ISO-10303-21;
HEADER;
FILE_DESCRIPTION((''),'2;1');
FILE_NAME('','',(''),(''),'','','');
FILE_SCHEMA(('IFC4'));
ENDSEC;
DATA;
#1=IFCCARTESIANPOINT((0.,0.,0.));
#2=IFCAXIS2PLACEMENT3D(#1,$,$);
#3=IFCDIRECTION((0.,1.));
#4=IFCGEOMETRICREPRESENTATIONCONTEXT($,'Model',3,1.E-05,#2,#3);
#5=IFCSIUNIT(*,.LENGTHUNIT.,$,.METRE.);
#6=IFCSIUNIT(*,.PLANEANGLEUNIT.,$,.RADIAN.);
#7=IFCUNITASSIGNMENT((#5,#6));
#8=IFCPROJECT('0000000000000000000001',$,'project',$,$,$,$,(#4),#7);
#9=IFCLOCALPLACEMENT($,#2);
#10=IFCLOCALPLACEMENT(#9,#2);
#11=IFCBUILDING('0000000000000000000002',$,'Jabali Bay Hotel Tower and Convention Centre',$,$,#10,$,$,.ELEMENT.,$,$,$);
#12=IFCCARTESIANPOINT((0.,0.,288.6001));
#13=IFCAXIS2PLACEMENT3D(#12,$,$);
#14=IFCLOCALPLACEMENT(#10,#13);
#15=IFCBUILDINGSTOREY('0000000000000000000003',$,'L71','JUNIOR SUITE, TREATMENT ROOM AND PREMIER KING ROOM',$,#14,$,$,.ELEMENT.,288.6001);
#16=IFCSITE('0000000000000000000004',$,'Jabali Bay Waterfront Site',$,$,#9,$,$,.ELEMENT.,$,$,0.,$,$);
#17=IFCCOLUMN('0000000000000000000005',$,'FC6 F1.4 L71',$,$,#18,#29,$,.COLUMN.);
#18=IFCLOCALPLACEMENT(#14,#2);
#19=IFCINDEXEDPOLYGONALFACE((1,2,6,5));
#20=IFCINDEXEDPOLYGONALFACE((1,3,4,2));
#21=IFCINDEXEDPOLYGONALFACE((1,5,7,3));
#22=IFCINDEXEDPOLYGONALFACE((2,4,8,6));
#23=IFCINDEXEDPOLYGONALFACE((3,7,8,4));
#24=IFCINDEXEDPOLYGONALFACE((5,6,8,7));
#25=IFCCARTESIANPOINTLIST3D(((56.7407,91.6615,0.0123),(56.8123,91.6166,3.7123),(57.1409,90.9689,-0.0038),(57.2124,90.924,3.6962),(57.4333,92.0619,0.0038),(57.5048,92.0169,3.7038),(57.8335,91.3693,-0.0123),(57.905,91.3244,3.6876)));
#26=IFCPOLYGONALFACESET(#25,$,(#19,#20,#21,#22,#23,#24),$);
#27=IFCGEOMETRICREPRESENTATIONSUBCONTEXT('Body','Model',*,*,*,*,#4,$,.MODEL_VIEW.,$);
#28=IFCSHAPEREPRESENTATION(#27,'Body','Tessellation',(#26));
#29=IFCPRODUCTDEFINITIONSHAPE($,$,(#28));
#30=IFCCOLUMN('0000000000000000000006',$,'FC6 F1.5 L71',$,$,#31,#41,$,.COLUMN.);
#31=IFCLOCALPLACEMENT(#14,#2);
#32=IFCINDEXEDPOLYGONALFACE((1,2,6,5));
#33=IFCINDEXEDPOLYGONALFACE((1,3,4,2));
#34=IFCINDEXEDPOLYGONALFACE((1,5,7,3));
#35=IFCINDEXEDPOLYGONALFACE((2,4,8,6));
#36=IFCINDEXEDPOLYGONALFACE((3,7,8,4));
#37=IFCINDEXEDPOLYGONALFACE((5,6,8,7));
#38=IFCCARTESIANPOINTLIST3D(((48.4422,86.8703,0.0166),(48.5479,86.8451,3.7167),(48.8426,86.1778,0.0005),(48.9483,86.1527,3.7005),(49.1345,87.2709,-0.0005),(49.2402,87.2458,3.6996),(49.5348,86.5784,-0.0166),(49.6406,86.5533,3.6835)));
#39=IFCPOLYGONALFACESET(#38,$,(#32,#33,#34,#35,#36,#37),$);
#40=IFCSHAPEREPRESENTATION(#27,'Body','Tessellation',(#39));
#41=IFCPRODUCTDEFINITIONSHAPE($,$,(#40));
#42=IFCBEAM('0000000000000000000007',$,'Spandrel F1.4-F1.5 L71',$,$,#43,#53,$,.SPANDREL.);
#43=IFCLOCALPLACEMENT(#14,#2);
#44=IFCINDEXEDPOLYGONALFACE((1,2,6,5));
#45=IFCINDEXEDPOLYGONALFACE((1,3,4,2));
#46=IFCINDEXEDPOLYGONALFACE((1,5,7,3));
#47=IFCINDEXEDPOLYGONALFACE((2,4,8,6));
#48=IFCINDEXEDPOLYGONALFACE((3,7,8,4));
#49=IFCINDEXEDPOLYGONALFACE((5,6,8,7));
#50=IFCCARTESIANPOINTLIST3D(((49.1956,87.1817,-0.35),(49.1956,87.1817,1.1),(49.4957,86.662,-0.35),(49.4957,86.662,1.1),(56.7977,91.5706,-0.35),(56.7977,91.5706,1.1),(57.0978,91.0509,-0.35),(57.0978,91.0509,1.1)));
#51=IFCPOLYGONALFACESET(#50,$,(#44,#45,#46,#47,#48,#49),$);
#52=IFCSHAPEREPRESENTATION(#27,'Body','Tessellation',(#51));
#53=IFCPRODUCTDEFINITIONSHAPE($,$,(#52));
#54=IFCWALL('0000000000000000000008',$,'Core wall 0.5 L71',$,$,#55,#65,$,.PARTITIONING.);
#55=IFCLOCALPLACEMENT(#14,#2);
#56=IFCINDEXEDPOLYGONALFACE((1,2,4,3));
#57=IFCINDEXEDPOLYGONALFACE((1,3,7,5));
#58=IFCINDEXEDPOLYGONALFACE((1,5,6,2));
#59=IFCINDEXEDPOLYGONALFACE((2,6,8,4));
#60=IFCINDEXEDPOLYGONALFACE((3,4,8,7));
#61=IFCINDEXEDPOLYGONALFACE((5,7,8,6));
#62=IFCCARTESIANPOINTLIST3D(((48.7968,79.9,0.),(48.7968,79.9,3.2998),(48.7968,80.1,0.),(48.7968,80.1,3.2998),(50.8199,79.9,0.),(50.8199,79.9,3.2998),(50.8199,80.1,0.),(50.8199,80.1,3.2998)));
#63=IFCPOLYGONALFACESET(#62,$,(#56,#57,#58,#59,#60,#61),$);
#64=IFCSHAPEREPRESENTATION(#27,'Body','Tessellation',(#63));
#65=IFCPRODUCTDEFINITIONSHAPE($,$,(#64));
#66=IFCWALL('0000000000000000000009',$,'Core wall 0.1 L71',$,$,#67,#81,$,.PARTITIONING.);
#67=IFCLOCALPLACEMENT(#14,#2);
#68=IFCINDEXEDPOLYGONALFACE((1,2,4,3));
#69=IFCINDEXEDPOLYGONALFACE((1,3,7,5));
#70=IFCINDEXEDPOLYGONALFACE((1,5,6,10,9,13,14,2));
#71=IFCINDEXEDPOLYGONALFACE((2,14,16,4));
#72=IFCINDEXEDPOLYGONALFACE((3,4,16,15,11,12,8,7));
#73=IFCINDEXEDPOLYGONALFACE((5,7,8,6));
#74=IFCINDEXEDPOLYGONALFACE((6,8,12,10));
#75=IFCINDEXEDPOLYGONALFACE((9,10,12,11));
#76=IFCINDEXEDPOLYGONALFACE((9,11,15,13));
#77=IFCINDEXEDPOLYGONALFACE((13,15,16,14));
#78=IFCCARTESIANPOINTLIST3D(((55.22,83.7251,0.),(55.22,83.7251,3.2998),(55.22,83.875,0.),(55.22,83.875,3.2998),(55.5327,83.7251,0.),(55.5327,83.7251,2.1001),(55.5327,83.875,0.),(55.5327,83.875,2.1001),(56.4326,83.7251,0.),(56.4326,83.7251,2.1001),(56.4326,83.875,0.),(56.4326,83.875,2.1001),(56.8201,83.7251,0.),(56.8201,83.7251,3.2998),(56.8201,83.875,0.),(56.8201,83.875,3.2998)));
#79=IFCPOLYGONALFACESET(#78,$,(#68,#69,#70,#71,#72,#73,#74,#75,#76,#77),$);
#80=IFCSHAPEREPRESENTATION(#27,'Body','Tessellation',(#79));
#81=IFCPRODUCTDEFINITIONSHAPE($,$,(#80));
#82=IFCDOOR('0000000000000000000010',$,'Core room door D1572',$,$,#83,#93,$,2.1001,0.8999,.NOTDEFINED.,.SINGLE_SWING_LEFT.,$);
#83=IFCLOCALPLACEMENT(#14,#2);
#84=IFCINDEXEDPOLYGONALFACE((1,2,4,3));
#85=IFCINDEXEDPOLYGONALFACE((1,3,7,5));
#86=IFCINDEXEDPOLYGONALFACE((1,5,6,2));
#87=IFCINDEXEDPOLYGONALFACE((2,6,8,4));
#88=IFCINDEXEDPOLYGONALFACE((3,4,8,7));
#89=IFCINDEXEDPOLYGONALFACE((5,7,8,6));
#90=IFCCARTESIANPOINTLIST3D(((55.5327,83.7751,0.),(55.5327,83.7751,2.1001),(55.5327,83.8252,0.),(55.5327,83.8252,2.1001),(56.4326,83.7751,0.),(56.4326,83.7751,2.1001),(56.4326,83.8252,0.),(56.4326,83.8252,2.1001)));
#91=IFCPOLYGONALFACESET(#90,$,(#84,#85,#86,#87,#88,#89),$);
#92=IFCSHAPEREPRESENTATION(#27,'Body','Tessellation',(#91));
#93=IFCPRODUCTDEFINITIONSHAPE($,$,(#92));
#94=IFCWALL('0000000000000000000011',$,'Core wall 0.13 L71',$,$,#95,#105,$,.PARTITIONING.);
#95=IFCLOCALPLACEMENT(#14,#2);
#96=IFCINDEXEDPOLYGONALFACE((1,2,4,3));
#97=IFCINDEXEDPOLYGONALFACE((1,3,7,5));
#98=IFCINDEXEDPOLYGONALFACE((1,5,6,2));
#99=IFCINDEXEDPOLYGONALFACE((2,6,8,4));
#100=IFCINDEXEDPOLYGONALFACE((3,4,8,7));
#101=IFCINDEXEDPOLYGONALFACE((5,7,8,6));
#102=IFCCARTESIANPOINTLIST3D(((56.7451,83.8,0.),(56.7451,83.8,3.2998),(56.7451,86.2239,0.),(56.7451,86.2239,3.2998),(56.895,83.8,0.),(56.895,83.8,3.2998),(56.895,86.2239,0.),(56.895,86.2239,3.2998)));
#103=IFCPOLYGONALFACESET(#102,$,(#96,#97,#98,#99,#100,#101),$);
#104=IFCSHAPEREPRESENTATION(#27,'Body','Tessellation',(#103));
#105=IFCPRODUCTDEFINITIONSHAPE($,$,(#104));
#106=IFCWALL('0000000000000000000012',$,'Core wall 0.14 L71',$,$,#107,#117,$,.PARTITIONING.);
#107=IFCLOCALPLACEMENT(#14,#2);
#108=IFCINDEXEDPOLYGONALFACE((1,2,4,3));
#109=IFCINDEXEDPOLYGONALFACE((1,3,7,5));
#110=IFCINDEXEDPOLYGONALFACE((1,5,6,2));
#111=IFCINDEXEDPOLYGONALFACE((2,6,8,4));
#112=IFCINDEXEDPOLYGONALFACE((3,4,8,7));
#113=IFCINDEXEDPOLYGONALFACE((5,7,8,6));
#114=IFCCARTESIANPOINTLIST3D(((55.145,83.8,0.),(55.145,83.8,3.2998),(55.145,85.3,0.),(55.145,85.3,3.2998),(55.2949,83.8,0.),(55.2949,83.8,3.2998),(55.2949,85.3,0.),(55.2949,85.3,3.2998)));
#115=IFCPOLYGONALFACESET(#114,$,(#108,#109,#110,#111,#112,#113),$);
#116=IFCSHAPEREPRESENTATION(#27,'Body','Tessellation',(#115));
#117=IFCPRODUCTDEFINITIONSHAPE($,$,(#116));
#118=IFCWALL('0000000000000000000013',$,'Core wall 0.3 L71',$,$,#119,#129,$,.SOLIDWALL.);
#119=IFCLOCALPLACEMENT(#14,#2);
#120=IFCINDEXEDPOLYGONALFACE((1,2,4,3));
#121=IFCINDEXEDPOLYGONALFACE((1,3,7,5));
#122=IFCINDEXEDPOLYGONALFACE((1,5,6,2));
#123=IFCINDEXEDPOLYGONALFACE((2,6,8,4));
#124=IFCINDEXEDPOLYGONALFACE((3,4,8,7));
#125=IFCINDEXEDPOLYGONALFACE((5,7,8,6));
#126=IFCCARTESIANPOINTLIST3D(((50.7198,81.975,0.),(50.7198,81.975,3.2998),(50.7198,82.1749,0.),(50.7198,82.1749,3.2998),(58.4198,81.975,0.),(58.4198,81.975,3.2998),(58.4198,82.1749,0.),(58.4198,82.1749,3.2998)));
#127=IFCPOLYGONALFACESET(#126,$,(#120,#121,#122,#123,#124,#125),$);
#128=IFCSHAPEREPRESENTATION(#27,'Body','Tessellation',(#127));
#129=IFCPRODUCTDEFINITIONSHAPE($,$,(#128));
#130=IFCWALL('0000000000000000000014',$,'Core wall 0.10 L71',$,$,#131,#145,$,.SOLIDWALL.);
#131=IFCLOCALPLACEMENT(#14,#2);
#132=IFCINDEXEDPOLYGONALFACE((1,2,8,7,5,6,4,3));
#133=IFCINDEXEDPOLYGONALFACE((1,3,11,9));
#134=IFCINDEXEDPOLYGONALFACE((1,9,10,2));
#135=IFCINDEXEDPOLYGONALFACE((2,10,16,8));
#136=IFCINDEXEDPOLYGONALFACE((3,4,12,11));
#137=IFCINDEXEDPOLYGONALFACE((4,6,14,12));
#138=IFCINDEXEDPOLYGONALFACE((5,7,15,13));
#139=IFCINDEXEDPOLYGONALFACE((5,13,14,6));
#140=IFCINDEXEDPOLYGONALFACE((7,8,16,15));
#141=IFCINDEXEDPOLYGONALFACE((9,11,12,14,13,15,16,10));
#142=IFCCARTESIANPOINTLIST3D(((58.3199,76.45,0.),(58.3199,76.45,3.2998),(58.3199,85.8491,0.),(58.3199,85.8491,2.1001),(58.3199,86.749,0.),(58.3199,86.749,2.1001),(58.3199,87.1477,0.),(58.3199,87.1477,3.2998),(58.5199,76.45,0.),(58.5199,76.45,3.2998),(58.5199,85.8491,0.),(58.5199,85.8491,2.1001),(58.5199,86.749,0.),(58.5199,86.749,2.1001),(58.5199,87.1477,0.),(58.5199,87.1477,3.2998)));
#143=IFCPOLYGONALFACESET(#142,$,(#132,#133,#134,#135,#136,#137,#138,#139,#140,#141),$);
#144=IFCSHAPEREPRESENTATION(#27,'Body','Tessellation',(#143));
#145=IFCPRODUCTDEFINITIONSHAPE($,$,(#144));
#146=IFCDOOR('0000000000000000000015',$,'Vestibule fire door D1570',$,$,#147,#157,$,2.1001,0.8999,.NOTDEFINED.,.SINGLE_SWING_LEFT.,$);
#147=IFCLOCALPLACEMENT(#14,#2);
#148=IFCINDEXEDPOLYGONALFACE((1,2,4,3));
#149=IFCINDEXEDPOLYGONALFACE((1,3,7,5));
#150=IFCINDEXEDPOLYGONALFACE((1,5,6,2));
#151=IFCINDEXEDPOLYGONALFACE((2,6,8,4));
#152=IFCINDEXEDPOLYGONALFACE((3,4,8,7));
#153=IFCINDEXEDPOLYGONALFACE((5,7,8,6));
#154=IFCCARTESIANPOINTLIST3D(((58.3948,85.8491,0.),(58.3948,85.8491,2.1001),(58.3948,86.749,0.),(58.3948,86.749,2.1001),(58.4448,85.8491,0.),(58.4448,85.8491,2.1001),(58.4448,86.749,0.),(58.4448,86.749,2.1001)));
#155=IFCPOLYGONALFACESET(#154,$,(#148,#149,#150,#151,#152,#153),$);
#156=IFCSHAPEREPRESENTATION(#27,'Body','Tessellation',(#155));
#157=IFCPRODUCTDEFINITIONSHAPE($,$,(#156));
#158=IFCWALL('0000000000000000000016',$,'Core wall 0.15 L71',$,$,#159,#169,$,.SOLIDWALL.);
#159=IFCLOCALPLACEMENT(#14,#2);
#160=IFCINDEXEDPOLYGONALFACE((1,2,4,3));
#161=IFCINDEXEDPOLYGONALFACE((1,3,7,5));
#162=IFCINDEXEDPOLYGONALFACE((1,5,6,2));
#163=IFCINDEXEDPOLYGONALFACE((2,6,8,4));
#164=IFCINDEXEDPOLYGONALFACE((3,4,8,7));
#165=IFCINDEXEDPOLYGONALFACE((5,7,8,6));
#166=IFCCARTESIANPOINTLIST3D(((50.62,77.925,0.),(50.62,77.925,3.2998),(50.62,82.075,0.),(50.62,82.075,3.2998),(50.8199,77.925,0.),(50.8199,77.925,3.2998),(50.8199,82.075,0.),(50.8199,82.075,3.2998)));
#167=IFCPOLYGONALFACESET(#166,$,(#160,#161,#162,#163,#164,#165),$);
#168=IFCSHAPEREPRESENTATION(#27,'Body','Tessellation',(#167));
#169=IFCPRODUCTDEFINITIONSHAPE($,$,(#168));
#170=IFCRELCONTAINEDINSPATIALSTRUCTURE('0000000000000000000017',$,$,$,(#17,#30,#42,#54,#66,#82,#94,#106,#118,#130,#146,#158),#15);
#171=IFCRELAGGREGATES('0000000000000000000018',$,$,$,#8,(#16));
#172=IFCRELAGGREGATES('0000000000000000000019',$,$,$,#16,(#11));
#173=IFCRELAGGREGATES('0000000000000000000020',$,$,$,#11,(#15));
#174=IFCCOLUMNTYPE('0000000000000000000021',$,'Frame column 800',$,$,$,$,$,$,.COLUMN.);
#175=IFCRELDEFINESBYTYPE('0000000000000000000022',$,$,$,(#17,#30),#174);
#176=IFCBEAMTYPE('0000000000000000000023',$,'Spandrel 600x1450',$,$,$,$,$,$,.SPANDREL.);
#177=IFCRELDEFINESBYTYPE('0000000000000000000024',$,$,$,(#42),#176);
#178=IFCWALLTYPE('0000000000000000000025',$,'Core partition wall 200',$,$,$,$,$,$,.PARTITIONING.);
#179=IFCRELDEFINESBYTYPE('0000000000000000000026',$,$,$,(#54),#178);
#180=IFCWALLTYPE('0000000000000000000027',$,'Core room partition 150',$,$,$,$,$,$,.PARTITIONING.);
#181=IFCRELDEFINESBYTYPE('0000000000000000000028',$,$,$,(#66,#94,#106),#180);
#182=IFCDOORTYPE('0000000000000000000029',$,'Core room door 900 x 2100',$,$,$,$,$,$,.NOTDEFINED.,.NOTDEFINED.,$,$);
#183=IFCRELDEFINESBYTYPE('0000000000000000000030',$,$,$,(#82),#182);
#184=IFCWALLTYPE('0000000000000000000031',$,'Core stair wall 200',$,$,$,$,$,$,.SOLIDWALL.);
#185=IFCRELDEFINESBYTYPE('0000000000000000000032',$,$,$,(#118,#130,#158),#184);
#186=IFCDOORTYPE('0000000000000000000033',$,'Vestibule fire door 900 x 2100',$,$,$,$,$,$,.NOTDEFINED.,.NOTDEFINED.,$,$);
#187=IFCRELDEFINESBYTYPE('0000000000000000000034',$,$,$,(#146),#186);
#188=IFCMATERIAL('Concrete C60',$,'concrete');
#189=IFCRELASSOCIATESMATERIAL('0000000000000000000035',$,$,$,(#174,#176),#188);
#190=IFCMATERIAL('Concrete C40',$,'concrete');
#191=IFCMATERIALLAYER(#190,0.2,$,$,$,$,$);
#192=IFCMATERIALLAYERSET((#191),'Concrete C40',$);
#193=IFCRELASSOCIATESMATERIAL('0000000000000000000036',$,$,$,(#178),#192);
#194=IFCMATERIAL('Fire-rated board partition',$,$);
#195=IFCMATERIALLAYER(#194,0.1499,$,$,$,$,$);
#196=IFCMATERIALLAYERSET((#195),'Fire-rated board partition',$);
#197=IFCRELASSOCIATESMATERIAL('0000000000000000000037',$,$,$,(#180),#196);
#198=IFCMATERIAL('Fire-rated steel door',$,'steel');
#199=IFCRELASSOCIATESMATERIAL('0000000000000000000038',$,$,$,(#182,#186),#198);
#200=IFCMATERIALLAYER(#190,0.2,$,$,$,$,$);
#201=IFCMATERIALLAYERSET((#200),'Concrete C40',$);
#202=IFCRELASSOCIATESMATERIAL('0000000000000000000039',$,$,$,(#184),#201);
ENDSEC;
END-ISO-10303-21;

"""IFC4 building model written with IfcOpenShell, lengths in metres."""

from ifc_helpers import new_model, si_unit, direction, frame, frame_2d, origin, origin_2d, place, context, subcontext, project, spatial, rectangle, extrude, material, layer, layer_set, material_profile, profile_set, type_object, element, fill, save


model = new_model("IFC4")

# Units and contexts
model_context = context("Model", 3, precision=1e-05, world=origin(), true_north=direction((0.0, 1.0)))
body_context = subcontext(model_context, "Body", "Model", "MODEL_VIEW")
ifc_project = project(units=[si_unit("LENGTHUNIT", "METRE"), si_unit("PLANEANGLEUNIT", "RADIAN")], contexts=[model_context])

# Site, building, storey
site_placement = place(None, origin())
site = spatial("IfcSite", under=ifc_project, at=site_placement, Name="Jabali Bay Waterfront Site", CompositionType="ELEMENT", RefElevation=0.0)
building_placement = place(site_placement, origin())
building = spatial("IfcBuilding", under=site, at=building_placement, Name="Jabali Bay Hotel Tower and Convention Centre", CompositionType="ELEMENT")
storey_placement = place(building_placement, frame((0.0, 0.0, 288.6001)))
storey = spatial("IfcBuildingStorey", under=building, at=storey_placement, Name="L71", Description="JUNIOR SUITE, TREATMENT ROOM AND PREMIER KING ROOM", CompositionType="ELEMENT", Elevation=288.6001)

# Columns
ifc_material_1 = material(Name="Concrete C60", Category="concrete")
ifc_material_profile_1 = material_profile(ifc_material_1, rectangle(XDim=0.8, YDim=0.8, at=origin_2d()), Name="Frame column 800")
ifc_profile_set_1 = profile_set([ifc_material_profile_1], Name="Concrete C60")
column_type = type_object("IfcColumnType", Name="Frame column 800", PredefinedType="COLUMN", material=ifc_profile_set_1)
column_1_placement = place(storey_placement, frame((57.2871, 91.5154, 0.0), z_axis=(0.019329, -0.012138, 0.99974), x_axis=(-0.500206, 0.865671, 0.020181)))
element("IfcColumn", 1, at=column_1_placement, inside=storey, type_object=column_type, Name="FC6 F1.4 L71", PredefinedType="COLUMN", context=body_context, shape_type="SweptSolid", body=[
    extrude(rectangle(XDim=0.8, YDim=0.8, at=origin_2d()), origin(), (0.0, 0.0, 1.0), 3.7009),
])
column_2_placement = place(storey_placement, frame((48.9885, 86.7244, 0.0), z_axis=(0.028559, -0.006794, 0.999569), x_axis=(-0.500408, 0.865555, 0.02018)))
element("IfcColumn", 2, at=column_2_placement, inside=storey, type_object=column_type, Name="FC6 F1.5 L71", PredefinedType="COLUMN", context=body_context, shape_type="SweptSolid", body=[
    extrude(rectangle(XDim=0.8, YDim=0.8, at=origin_2d()), origin(), (0.0, 0.0, 1.0), 3.7017),
])

# Beam
ifc_material_profile_2 = material_profile(ifc_material_1, rectangle(XDim=0.6001, YDim=1.45, at=origin_2d()), Name="Spandrel 600x1450")
ifc_profile_set_2 = profile_set([ifc_material_profile_2], Name="Concrete C60")
beam_type = type_object("IfcBeamType", Name="Spandrel 600x1450", PredefinedType="SPANDREL", material=ifc_profile_set_2)
beam_placement = place(storey_placement, frame((56.9478, 91.3108, 0.375), z_axis=(-0.866032, -0.499989, 0.0), x_axis=(0.499989, -0.866032, 0.0)))
element("IfcBeam", 3, at=beam_placement, inside=storey, type_object=beam_type, Name="Spandrel F1.4-F1.5 L71", PredefinedType="SPANDREL", context=body_context, shape_type="SweptSolid", body=[
    extrude(rectangle(XDim=0.6001, YDim=1.45, at=origin_2d()), origin(), (0.0, 0.0, 1.0), 8.7781),
])

# Wall
ifc_material_2 = material(Name="Concrete C40", Category="concrete")
ifc_layer_1 = layer(ifc_material_2, 0.2)
ifc_layer_set_1 = layer_set([ifc_layer_1], Name="Concrete C40")
wall_type_1 = type_object("IfcWallType", Name="Core partition wall 200", PredefinedType="PARTITIONING", material=ifc_layer_set_1)
wall_1_placement = place(storey_placement, frame((50.8201, 80.0, 0.0), z_axis=(0.0, 0.0, 1.0), x_axis=(-1.0, 0.0, 0.0)))
element("IfcWall", 4, at=wall_1_placement, inside=storey, type_object=wall_type_1, Name="Core wall 0.5 L71", PredefinedType="PARTITIONING", context=body_context, shape_type="SweptSolid", body=[
    extrude(rectangle(XDim=2.0232, YDim=0.2, at=frame_2d((1.0117, 0.0))), origin(), (0.0, 0.0, 1.0), 3.2998),
])

# Wall, opening, door
ifc_material_3 = material(Name="Fire-rated board partition")
ifc_layer_2 = layer(ifc_material_3, 0.1499)
ifc_layer_set_2 = layer_set([ifc_layer_2], Name="Fire-rated board partition")
wall_type_2 = type_object("IfcWallType", Name="Core room partition 150", PredefinedType="PARTITIONING", material=ifc_layer_set_2)
wall_2_placement = place(storey_placement, frame((56.8201, 83.8, 0.0), z_axis=(0.0, 0.0, 1.0), x_axis=(-1.0, 0.0, 0.0)))
wall_2 = element("IfcWall", 5, at=wall_2_placement, inside=storey, type_object=wall_type_2, Name="Core wall 0.1 L71", PredefinedType="PARTITIONING", context=body_context, shape_type="SweptSolid", body=[
    extrude(rectangle(XDim=1.6001, YDim=0.1499, at=frame_2d((0.8, 0.0))), origin(), (0.0, 0.0, 1.0), 3.2998),
])
opening_1_placement = place(wall_2_placement, frame((0.3875, 0.0, 0.0)))
opening_1 = element("IfcOpeningElement", 6, at=opening_1_placement, cuts=wall_2, PredefinedType="OPENING", context=body_context, shape_type="SweptSolid", body=[
    extrude(rectangle(XDim=0.8999, YDim=2.1001, at=frame_2d((0.45, 1.05))), frame((0.0, 0.0854, 0.0), z_axis=(0.0, -1.0, 0.0), x_axis=(1.0, 0.0, 0.0)), (0.0, 0.0, 1.0), 0.1709),
])
ifc_material_4 = material(Name="Fire-rated steel door", Category="steel")
door_type_1 = type_object("IfcDoorType", Name="Core room door 900 x 2100", OperationType="NOTDEFINED", PredefinedType="NOTDEFINED", material=ifc_material_4)
door_1_placement = place(opening_1_placement, origin())
door_1 = element("IfcDoor", 7, at=door_1_placement, inside=storey, type_object=door_type_1, Name="Core room door D1572", OperationType="SINGLE_SWING_LEFT", OverallHeight=2.1001, OverallWidth=0.8999, PredefinedType="NOTDEFINED", context=body_context, shape_type="SweptSolid", body=[
    extrude(rectangle(XDim=0.8999, YDim=2.1001, at=frame_2d((0.45, 1.05))), frame((0.0, 0.0249, 0.0), z_axis=(0.0, -1.0, 0.0), x_axis=(1.0, 0.0, 0.0)), (0.0, 0.0, 1.0), 0.05),
])
fill(opening_1, door_1)

# Walls
wall_3_placement = place(storey_placement, frame((56.8201, 86.2239, 0.0), z_axis=(0.0, 0.0, 1.0), x_axis=(0.0, -1.0, 0.0)))
element("IfcWall", 8, at=wall_3_placement, inside=storey, type_object=wall_type_2, Name="Core wall 0.13 L71", PredefinedType="PARTITIONING", context=body_context, shape_type="SweptSolid", body=[
    extrude(rectangle(XDim=2.4238, YDim=0.1499, at=frame_2d((1.2119, 0.0))), origin(), (0.0, 0.0, 1.0), 3.2998),
])
wall_4_placement = place(storey_placement, frame((55.22, 85.3, 0.0), z_axis=(0.0, 0.0, 1.0), x_axis=(0.0, -1.0, 0.0)))
element("IfcWall", 9, at=wall_4_placement, inside=storey, type_object=wall_type_2, Name="Core wall 0.14 L71", PredefinedType="PARTITIONING", context=body_context, shape_type="SweptSolid", body=[
    extrude(rectangle(XDim=1.5, YDim=0.1499, at=frame_2d((0.75, 0.0))), origin(), (0.0, 0.0, 1.0), 3.2998),
])
ifc_layer_3 = layer(ifc_material_2, 0.2)
ifc_layer_set_3 = layer_set([ifc_layer_3], Name="Concrete C40")
wall_type_3 = type_object("IfcWallType", Name="Core stair wall 200", PredefinedType="SOLIDWALL", material=ifc_layer_set_3)
wall_5_placement = place(storey_placement, frame((58.4199, 82.075, 0.0), z_axis=(0.0, 0.0, 1.0), x_axis=(-1.0, 0.0, 0.0)))
element("IfcWall", 10, at=wall_5_placement, inside=storey, type_object=wall_type_3, Name="Core wall 0.3 L71", PredefinedType="SOLIDWALL", context=body_context, shape_type="SweptSolid", body=[
    extrude(rectangle(XDim=7.7, YDim=0.2, at=frame_2d((3.8501, 0.0))), origin(), (0.0, 0.0, 1.0), 3.2998),
])

# Wall, opening, door
wall_6_placement = place(storey_placement, frame((58.4199, 87.1477, 0.0), z_axis=(0.0, 0.0, 1.0), x_axis=(0.0, -1.0, 0.0)))
wall_6 = element("IfcWall", 11, at=wall_6_placement, inside=storey, type_object=wall_type_3, Name="Core wall 0.10 L71", PredefinedType="SOLIDWALL", context=body_context, shape_type="SweptSolid", body=[
    extrude(rectangle(XDim=10.6978, YDim=0.2, at=frame_2d((5.3489, 0.0))), origin(), (0.0, 0.0, 1.0), 3.2998),
])
opening_2_placement = place(wall_6_placement, frame((0.3987, 0.0, 0.0)))
opening_2 = element("IfcOpeningElement", 12, at=opening_2_placement, cuts=wall_6, PredefinedType="OPENING", context=body_context, shape_type="SweptSolid", body=[
    extrude(rectangle(XDim=0.8999, YDim=2.1001, at=frame_2d((0.45, 1.05))), frame((0.0, 0.1104, 0.0), z_axis=(0.0, -1.0, 0.0), x_axis=(1.0, 0.0, 0.0)), (0.0, 0.0, 1.0), 0.2209),
])
door_type_2 = type_object("IfcDoorType", Name="Vestibule fire door 900 x 2100", OperationType="NOTDEFINED", PredefinedType="NOTDEFINED", material=ifc_material_4)
door_2_placement = place(opening_2_placement, origin())
door_2 = element("IfcDoor", 13, at=door_2_placement, inside=storey, type_object=door_type_2, Name="Vestibule fire door D1570", OperationType="SINGLE_SWING_LEFT", OverallHeight=2.1001, OverallWidth=0.8999, PredefinedType="NOTDEFINED", context=body_context, shape_type="SweptSolid", body=[
    extrude(rectangle(XDim=0.8999, YDim=2.1001, at=frame_2d((0.45, 1.05))), frame((0.0, 0.0249, 0.0), z_axis=(0.0, -1.0, 0.0), x_axis=(1.0, 0.0, 0.0)), (0.0, 0.0, 1.0), 0.05),
])
fill(opening_2, door_2)

# Wall
wall_7_placement = place(storey_placement, frame((50.72, 82.075, 0.0), z_axis=(0.0, 0.0, 1.0), x_axis=(0.0, -1.0, 0.0)))
element("IfcWall", 14, at=wall_7_placement, inside=storey, type_object=wall_type_3, Name="Core wall 0.15 L71", PredefinedType="SOLIDWALL", context=body_context, shape_type="SweptSolid", body=[
    extrude(rectangle(XDim=4.1499, YDim=0.2, at=frame_2d((2.075, 0.0))), origin(), (0.0, 0.0, 1.0), 3.2998),
])

save(model, "model.ifc")
